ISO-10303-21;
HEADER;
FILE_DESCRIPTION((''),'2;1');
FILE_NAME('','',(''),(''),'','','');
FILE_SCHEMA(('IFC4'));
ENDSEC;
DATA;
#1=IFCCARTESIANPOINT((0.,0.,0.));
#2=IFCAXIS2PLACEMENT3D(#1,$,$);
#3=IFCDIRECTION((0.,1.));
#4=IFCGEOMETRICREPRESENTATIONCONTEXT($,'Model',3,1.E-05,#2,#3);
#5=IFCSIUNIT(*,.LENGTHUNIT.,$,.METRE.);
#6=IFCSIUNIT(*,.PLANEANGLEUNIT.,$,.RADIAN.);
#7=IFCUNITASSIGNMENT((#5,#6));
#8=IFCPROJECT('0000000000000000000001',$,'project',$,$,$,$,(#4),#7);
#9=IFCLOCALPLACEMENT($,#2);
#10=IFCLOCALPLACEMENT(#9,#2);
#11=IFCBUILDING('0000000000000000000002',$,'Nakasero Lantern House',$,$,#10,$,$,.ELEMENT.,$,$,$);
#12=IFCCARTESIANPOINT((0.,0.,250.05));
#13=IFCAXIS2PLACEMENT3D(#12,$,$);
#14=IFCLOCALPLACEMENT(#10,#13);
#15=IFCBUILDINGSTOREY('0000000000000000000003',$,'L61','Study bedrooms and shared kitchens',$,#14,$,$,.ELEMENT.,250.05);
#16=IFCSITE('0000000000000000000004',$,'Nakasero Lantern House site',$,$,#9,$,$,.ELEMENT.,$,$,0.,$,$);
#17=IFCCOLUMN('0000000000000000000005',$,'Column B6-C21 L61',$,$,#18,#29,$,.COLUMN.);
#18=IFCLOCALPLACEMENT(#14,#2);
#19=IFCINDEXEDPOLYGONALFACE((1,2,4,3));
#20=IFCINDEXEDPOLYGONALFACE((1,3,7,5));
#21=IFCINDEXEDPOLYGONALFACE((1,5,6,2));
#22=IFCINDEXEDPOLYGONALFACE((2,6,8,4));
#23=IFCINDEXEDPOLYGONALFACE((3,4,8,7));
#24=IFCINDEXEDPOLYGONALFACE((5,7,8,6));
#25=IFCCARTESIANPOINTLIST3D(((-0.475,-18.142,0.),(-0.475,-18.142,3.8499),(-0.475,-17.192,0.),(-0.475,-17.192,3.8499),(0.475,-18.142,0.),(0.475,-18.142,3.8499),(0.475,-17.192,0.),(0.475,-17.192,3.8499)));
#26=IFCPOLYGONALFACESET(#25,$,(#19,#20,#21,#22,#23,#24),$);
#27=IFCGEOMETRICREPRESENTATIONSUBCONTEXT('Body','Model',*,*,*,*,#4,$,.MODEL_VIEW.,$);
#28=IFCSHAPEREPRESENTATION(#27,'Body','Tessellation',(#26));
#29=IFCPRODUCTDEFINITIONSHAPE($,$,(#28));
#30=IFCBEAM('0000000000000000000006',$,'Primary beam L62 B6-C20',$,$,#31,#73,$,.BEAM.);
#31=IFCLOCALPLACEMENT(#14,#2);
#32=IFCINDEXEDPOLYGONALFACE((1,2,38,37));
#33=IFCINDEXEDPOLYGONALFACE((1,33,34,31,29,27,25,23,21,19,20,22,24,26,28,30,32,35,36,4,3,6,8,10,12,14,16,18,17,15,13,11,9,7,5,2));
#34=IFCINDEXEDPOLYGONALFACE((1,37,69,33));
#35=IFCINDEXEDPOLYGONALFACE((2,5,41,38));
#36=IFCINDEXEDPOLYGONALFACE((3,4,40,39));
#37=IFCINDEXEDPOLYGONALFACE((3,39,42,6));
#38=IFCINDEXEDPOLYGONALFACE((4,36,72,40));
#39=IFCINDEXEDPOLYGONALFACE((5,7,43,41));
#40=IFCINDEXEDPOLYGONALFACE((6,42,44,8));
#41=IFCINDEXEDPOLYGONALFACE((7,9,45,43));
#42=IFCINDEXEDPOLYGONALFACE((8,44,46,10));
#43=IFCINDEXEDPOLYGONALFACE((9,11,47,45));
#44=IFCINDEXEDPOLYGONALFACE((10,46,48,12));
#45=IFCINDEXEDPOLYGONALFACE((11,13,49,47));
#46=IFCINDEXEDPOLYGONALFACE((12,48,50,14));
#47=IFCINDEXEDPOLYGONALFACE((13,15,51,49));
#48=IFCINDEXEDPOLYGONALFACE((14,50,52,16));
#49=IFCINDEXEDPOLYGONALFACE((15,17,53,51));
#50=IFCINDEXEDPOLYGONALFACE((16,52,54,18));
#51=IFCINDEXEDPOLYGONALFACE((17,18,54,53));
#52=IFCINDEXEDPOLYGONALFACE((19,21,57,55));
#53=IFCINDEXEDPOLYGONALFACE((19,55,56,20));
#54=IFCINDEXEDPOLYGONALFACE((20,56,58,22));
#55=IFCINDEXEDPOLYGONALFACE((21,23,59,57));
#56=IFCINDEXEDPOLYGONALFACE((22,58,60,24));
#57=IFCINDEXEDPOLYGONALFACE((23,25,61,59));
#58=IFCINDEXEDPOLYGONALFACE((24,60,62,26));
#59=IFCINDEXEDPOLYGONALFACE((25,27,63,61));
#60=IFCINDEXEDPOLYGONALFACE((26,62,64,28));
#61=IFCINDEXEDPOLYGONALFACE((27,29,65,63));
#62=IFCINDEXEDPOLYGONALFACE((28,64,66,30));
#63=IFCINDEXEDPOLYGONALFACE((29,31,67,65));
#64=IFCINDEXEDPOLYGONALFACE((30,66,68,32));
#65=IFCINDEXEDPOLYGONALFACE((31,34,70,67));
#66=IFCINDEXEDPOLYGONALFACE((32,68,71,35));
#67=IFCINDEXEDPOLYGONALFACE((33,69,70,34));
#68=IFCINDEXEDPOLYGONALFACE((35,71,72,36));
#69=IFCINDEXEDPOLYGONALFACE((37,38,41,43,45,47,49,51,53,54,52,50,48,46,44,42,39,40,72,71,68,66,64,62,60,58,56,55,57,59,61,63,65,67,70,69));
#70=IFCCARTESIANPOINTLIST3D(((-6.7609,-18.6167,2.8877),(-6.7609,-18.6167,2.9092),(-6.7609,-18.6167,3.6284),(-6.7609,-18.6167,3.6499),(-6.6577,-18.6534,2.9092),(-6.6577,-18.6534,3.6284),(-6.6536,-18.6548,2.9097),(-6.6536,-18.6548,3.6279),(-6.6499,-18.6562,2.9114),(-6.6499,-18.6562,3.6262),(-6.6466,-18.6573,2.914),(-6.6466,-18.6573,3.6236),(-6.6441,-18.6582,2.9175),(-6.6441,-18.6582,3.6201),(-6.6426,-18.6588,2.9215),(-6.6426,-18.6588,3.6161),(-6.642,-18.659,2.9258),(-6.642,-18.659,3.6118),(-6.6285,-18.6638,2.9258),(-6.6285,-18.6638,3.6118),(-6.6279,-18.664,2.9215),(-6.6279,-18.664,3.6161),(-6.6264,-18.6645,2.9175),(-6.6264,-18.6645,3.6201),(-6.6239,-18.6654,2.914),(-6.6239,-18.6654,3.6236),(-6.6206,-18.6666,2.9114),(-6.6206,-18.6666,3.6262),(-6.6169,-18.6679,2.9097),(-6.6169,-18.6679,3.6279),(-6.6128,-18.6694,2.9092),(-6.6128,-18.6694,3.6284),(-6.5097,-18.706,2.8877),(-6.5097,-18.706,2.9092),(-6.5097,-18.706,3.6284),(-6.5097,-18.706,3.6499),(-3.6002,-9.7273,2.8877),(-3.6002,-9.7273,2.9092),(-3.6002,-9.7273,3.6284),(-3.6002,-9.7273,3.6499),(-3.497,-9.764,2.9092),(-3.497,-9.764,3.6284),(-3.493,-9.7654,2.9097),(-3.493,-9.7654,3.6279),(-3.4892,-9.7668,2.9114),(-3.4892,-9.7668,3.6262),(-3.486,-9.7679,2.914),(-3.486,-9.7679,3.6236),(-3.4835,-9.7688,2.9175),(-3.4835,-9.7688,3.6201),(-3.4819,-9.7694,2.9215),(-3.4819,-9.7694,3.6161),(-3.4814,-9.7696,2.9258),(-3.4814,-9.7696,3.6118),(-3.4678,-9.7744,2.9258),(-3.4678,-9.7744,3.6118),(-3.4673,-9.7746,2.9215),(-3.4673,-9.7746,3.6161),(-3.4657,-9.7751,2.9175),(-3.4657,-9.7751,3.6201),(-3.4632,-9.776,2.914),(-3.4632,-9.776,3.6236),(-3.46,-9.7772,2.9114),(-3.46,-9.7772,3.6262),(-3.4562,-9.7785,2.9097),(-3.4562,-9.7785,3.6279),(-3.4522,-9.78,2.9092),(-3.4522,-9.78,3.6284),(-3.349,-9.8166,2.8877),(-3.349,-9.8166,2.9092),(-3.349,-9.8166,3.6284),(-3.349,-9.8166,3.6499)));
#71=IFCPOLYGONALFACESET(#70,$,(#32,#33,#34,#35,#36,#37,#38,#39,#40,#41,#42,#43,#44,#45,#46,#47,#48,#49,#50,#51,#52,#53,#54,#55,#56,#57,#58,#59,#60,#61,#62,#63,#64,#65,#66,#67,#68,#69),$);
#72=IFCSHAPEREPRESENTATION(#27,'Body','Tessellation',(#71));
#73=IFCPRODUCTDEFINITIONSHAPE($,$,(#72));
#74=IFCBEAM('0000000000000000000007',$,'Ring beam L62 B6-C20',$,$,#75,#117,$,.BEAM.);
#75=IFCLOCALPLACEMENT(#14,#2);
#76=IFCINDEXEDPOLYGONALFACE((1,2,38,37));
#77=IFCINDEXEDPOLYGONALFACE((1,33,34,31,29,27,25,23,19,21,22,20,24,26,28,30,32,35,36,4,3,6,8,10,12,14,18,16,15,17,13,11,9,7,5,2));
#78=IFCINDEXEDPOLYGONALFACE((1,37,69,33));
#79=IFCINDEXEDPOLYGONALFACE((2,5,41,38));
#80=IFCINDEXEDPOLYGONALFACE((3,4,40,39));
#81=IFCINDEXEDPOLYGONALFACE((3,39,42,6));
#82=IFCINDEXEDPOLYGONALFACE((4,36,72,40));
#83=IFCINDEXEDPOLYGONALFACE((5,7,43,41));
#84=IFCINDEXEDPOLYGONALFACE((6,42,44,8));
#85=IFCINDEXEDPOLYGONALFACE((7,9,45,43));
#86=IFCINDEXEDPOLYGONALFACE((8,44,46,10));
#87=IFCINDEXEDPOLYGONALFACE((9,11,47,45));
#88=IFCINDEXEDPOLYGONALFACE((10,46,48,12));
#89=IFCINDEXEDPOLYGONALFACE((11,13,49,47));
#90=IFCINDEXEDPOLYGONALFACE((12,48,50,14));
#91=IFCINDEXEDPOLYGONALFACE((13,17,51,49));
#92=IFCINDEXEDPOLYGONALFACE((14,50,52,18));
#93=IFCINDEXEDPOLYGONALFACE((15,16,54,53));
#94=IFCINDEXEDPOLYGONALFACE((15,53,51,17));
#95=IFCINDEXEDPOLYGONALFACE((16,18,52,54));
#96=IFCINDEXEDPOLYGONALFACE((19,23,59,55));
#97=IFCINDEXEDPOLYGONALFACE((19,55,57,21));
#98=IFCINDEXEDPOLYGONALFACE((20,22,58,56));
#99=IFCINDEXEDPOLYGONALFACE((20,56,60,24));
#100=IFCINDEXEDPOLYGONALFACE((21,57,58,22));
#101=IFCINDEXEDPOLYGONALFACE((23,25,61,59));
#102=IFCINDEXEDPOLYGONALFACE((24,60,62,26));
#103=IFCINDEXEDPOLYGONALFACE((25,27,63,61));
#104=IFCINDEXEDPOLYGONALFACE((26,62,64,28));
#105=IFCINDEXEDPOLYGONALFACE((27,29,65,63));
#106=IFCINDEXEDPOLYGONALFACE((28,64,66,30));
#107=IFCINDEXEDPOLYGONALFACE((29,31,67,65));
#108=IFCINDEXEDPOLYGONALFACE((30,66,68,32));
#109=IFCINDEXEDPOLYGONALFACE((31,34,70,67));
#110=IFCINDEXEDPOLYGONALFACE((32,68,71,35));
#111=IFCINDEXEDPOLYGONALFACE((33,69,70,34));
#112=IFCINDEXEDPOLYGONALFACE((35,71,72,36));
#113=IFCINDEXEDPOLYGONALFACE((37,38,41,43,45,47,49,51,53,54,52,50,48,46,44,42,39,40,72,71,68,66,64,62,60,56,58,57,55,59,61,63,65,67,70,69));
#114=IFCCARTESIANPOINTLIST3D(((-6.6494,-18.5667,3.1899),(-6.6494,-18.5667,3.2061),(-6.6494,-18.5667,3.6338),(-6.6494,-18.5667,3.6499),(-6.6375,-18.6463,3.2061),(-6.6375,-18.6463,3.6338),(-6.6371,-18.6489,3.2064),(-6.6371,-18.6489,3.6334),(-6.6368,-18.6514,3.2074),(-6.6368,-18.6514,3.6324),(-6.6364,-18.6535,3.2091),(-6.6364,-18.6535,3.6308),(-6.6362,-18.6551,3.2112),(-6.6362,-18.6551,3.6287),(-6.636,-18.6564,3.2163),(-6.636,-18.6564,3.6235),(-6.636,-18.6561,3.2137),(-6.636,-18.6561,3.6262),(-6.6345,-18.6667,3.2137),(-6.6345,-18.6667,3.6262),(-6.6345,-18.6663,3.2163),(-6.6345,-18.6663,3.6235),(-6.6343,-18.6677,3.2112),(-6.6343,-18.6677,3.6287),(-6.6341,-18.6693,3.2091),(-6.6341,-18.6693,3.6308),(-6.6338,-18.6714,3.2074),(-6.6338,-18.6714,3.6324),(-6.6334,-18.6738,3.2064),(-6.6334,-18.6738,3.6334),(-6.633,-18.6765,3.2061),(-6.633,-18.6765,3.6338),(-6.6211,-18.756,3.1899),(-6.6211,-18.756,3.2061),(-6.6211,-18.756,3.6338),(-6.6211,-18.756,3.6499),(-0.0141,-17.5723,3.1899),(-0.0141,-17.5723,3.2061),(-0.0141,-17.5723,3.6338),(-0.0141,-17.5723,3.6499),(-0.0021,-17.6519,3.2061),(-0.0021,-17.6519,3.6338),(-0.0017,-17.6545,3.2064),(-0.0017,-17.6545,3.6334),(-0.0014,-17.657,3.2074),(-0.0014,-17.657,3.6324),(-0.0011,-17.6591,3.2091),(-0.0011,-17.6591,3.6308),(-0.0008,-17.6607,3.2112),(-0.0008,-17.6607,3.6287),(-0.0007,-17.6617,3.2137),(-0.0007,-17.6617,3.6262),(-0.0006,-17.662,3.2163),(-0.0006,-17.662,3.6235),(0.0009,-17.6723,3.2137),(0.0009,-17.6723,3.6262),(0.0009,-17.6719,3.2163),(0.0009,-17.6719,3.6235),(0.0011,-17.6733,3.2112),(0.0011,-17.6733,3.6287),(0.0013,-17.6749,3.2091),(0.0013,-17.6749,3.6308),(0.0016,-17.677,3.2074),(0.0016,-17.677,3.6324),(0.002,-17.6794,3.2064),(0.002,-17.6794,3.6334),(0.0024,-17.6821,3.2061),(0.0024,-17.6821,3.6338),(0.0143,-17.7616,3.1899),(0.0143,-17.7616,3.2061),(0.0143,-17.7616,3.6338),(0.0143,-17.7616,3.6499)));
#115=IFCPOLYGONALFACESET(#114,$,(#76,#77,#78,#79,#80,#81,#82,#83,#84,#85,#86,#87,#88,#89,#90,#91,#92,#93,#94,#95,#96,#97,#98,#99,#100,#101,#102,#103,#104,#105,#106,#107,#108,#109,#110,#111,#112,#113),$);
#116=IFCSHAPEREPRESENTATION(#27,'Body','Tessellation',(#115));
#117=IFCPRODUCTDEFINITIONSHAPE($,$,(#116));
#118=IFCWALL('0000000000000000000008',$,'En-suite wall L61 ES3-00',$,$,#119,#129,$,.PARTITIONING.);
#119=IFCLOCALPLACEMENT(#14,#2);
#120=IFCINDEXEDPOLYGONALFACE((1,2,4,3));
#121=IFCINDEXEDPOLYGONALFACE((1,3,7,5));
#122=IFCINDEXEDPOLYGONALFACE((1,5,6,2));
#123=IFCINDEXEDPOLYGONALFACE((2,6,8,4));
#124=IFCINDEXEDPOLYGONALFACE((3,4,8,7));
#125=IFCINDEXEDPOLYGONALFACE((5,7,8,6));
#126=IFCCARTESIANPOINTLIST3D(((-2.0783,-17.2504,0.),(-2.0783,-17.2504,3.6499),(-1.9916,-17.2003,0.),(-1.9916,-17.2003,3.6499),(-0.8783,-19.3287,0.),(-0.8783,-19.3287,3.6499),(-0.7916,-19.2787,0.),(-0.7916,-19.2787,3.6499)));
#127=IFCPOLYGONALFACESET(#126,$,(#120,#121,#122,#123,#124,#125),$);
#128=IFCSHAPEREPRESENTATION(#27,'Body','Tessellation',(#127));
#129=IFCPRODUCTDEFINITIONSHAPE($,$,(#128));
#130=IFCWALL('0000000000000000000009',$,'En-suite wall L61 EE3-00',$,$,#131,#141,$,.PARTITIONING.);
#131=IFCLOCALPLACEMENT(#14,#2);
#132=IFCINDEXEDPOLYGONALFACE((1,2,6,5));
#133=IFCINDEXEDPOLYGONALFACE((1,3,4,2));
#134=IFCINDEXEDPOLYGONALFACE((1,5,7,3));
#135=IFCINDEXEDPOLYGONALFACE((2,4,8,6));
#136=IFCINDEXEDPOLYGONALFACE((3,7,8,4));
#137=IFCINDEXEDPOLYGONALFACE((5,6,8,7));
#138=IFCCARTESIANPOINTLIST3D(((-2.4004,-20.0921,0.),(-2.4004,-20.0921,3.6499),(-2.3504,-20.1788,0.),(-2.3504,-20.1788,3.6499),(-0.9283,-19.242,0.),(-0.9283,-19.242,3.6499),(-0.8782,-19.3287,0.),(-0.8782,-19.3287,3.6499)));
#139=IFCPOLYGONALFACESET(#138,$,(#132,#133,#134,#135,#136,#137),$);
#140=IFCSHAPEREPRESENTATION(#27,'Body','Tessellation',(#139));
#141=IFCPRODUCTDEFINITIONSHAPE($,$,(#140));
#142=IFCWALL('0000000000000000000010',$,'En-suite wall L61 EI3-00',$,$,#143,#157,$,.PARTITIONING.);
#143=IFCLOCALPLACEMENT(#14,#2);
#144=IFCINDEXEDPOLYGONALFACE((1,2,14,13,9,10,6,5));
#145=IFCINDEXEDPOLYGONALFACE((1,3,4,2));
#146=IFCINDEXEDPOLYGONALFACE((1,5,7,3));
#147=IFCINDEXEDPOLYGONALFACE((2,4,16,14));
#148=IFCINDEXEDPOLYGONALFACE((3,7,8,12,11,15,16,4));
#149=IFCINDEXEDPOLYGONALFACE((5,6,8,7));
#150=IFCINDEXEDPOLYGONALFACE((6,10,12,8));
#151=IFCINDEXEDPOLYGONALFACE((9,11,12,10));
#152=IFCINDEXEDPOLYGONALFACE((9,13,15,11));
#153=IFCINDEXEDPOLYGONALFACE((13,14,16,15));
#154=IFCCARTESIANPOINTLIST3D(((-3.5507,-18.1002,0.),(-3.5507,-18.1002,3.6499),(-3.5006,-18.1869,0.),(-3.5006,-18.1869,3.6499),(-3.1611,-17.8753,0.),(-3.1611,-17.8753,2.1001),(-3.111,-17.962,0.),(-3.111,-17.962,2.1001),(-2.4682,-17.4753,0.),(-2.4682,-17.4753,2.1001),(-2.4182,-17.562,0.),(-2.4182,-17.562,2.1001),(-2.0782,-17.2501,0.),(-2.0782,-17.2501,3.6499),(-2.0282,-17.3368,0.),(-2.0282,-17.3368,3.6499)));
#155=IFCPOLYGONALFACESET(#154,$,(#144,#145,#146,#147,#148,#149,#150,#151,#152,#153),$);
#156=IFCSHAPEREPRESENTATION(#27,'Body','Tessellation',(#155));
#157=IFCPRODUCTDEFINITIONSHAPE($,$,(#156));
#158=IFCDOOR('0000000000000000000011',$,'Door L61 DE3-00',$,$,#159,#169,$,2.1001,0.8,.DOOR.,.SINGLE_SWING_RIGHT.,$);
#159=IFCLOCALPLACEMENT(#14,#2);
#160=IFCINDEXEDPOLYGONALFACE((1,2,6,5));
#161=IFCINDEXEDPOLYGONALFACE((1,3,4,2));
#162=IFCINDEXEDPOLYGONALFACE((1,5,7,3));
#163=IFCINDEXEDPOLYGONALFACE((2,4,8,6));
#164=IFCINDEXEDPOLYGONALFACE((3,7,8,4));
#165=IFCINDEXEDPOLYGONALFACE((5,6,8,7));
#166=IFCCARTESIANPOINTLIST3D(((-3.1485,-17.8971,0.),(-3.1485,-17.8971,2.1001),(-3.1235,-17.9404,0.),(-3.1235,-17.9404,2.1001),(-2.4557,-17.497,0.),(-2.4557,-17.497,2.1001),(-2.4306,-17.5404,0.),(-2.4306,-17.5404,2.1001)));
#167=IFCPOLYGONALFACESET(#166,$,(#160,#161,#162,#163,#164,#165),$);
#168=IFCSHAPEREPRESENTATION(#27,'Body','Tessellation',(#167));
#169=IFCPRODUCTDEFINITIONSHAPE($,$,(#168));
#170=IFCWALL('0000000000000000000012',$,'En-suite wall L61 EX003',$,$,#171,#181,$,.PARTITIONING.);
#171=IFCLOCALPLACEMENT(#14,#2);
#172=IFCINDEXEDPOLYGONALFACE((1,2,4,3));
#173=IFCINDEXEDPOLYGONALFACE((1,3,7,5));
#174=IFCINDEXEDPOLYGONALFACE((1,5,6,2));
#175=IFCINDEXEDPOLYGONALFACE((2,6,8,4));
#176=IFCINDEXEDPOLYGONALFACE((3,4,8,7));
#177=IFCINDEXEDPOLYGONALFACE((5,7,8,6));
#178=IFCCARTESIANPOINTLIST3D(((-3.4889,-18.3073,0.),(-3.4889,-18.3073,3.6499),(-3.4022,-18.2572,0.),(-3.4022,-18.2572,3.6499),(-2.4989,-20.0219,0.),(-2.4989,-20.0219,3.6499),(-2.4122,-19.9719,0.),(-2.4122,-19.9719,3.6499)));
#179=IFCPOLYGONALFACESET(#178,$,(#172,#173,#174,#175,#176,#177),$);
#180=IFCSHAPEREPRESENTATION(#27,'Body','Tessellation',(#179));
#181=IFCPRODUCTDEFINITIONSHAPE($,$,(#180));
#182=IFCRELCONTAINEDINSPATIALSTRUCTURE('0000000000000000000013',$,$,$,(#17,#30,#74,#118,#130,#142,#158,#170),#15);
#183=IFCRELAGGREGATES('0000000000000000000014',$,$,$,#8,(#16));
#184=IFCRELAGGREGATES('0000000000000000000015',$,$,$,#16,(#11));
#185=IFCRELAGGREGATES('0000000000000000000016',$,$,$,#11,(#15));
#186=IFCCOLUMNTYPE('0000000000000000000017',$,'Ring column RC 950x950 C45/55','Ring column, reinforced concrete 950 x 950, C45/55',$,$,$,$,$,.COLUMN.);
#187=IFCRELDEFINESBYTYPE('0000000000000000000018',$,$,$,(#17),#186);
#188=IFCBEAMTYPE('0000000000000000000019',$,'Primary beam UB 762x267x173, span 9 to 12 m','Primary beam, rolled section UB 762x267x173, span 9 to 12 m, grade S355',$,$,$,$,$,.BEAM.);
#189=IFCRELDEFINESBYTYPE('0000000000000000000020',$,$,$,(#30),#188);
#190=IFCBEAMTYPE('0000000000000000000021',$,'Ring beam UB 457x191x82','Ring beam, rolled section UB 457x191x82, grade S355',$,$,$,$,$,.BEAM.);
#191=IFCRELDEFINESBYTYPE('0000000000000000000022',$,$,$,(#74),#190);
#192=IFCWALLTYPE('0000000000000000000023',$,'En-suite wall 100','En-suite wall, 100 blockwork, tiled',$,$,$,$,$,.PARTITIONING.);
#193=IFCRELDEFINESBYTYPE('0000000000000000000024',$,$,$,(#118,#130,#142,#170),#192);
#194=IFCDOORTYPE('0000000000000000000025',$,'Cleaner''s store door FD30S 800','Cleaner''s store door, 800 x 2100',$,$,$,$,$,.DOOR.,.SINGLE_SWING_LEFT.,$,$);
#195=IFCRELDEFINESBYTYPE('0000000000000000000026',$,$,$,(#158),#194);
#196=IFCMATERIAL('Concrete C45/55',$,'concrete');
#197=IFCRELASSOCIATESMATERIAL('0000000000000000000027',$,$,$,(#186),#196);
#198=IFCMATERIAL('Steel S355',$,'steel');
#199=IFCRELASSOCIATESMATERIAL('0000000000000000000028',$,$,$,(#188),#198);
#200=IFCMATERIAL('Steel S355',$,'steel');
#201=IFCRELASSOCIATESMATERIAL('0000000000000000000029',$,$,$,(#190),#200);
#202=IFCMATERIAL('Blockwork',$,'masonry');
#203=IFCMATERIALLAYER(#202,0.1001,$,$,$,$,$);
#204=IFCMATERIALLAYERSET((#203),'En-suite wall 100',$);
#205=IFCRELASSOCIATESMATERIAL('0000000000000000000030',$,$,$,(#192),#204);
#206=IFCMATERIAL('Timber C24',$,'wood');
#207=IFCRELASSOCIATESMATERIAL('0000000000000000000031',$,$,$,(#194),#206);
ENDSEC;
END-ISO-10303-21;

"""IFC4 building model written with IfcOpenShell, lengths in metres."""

from ifc_helpers import new_model, si_unit, direction, frame, frame_2d, origin, origin_2d, place, context, subcontext, project, spatial, rectangle, i_section, extrude, material, layer, layer_set, material_profile, profile_set, type_object, element, fill, save


model = new_model("IFC4")

# Units and contexts
model_context = context("Model", 3, precision=1e-05, world=origin(), true_north=direction((0.0, 1.0)))
body_context = subcontext(model_context, "Body", "Model", "MODEL_VIEW")
ifc_project = project(units=[si_unit("LENGTHUNIT", "METRE"), si_unit("PLANEANGLEUNIT", "RADIAN")], contexts=[model_context])

# Site, building, storey
site_placement = place(None, origin())
site = spatial("IfcSite", under=ifc_project, at=site_placement, Name="Nakasero Lantern House site", CompositionType="ELEMENT", RefElevation=0.0)
building_placement = place(site_placement, origin())
building = spatial("IfcBuilding", under=site, at=building_placement, Name="Nakasero Lantern House", CompositionType="ELEMENT")
storey_placement = place(building_placement, frame((0.0, 0.0, 250.05)))
storey = spatial("IfcBuildingStorey", under=building, at=storey_placement, Name="L61", Description="Study bedrooms and shared kitchens", CompositionType="ELEMENT", Elevation=250.05)

# Column
ifc_material_1 = material(Name="Concrete C45/55", Category="concrete")
ifc_material_profile_1 = material_profile(ifc_material_1, rectangle(XDim=0.95, YDim=0.95, at=origin_2d()), Name="RC 950x950")
ifc_profile_set_1 = profile_set([ifc_material_profile_1], Name="Concrete C45/55")
column_type = type_object("IfcColumnType", Name="Ring column RC 950x950 C45/55", Description="Ring column, reinforced concrete 950 x 950, C45/55", PredefinedType="COLUMN", material=ifc_profile_set_1)
column_placement = place(storey_placement, frame((0.0, -17.667, 0.0), z_axis=(0.0, 0.0, 1.0), x_axis=(1.0, 0.0, 0.0)))
element("IfcColumn", 1, at=column_placement, inside=storey, type_object=column_type, Name="Column B6-C21 L61", PredefinedType="COLUMN", context=body_context, shape_type="SweptSolid", body=[
    extrude(rectangle(XDim=0.95, YDim=0.95, at=origin_2d()), origin(), (0.0, 0.0, 1.0), 3.8499),
])

# Beams
ifc_material_2 = material(Name="Steel S355", Category="steel")
ifc_material_profile_2 = material_profile(ifc_material_2, i_section(OverallWidth=0.2666, OverallDepth=0.7622, WebThickness=0.0144, FlangeThickness=0.0215, FilletRadius=0.0166, at=origin_2d()), Name="UB 762x267x173")
ifc_profile_set_2 = profile_set([ifc_material_profile_2], Name="Steel S355")
beam_type_1 = type_object("IfcBeamType", Name="Primary beam UB 762x267x173, span 9 to 12 m", Description="Primary beam, rolled section UB 762x267x173, span 9 to 12 m, grade S355", PredefinedType="BEAM", material=ifc_profile_set_2)
beam_1_placement = place(storey_placement, frame((-6.6353, -18.6614, 3.2688), z_axis=(0.335007, 0.942216, 0.0), x_axis=(-0.942216, 0.335007, 0.0)))
element("IfcBeam", 2, at=beam_1_placement, inside=storey, type_object=beam_type_1, Name="Primary beam L62 B6-C20", PredefinedType="BEAM", context=body_context, shape_type="SweptSolid", body=[
    extrude(i_section(OverallWidth=0.2666, OverallDepth=0.7622, WebThickness=0.0144, FlangeThickness=0.0215, FilletRadius=0.0166, at=origin_2d()), origin(), (0.0, 0.0, 1.0), 9.4346),
])
ifc_material_3 = material(Name="Steel S355", Category="steel")
ifc_material_profile_3 = material_profile(ifc_material_3, i_section(OverallWidth=0.1914, OverallDepth=0.46, WebThickness=0.01, FlangeThickness=0.0161, FilletRadius=0.0103, at=origin_2d()), Name="UB 457x191x82")
ifc_profile_set_3 = profile_set([ifc_material_profile_3], Name="Steel S355")
beam_type_2 = type_object("IfcBeamType", Name="Ring beam UB 457x191x82", Description="Ring beam, rolled section UB 457x191x82, grade S355", PredefinedType="BEAM", material=ifc_profile_set_3)
beam_2_placement = place(storey_placement, frame((-6.6353, -18.6614, 3.4199), z_axis=(0.988956, 0.148209, 0.0), x_axis=(-0.148209, 0.988956, 0.0)))
element("IfcBeam", 3, at=beam_2_placement, inside=storey, type_object=beam_type_2, Name="Ring beam L62 B6-C20", PredefinedType="BEAM", context=body_context, shape_type="SweptSolid", body=[
    extrude(i_section(OverallWidth=0.1914, OverallDepth=0.46, WebThickness=0.01, FlangeThickness=0.0161, FilletRadius=0.0103, at=origin_2d()), origin(), (0.0, 0.0, 1.0), 6.7095),
])

# Walls
ifc_material_4 = material(Name="Blockwork", Category="masonry")
ifc_layer_1 = layer(ifc_material_4, 0.1001)
ifc_layer_set_1 = layer_set([ifc_layer_1], Name="En-suite wall 100")
wall_type_1 = type_object("IfcWallType", Name="En-suite wall 100", Description="En-suite wall, 100 blockwork, tiled", PredefinedType="PARTITIONING", material=ifc_layer_set_1)
wall_1_placement = place(storey_placement, frame((-2.0349, -17.2253, 0.0), z_axis=(0.0, 0.0, 1.0), x_axis=(0.500001, -0.866025, 0.0)))
element("IfcWall", 4, at=wall_1_placement, inside=storey, type_object=wall_type_1, Name="En-suite wall L61 ES3-00", PredefinedType="PARTITIONING", context=body_context, shape_type="SweptSolid", body=[
    extrude(rectangle(XDim=2.3999, YDim=0.1001, at=frame_2d((1.2, 0.0))), origin(), (0.0, 0.0, 1.0), 3.6499),
])
wall_2_placement = place(storey_placement, frame((-2.3755, -20.1355, 0.0), z_axis=(0.0, 0.0, 1.0), x_axis=(0.865989, 0.500062, 0.0)))
element("IfcWall", 5, at=wall_2_placement, inside=storey, type_object=wall_type_1, Name="En-suite wall L61 EE3-00", PredefinedType="PARTITIONING", context=body_context, shape_type="SweptSolid", body=[
    extrude(rectangle(XDim=1.7, YDim=0.1001, at=frame_2d((0.8501, 0.0))), origin(), (0.0, 0.0, 1.0), 3.6499),
])

# Wall, opening, door
wall_3_placement = place(storey_placement, frame((-3.5256, -18.1436, 0.0), z_axis=(0.0, 0.0, 1.0), x_axis=(0.866025, 0.5, 0.0)))
wall_3 = element("IfcWall", 6, at=wall_3_placement, inside=storey, type_object=wall_type_1, Name="En-suite wall L61 EI3-00", PredefinedType="PARTITIONING", context=body_context, shape_type="SweptSolid", body=[
    extrude(rectangle(XDim=1.7002, YDim=0.1001, at=frame_2d((0.8501, 0.0))), origin(), (0.0, 0.0, 1.0), 3.6499),
])
opening_1_placement = place(wall_3_placement, frame((0.45, 0.0, 0.0)))
opening_1 = element("IfcOpeningElement", 7, at=opening_1_placement, cuts=wall_3, PredefinedType="OPENING", context=body_context, shape_type="SweptSolid", body=[
    extrude(rectangle(XDim=0.8, YDim=2.1001, at=frame_2d((0.3999, 1.05))), frame((0.0, 0.0701, 0.0), z_axis=(0.0, -1.0, 0.0), x_axis=(1.0, 0.0, 0.0)), (0.0, 0.0, 1.0), 0.1401),
])
ifc_material_5 = material(Name="Timber C24", Category="wood")
door_type_1 = type_object("IfcDoorType", Name="Cleaner's store door FD30S 800", Description="Cleaner's store door, 800 x 2100", OperationType="SINGLE_SWING_LEFT", PredefinedType="DOOR", material=ifc_material_5)
door_1_placement = place(opening_1_placement, origin())
door_1 = element("IfcDoor", 8, at=door_1_placement, inside=storey, type_object=door_type_1, Name="Door L61 DE3-00", OperationType="SINGLE_SWING_RIGHT", OverallHeight=2.1001, OverallWidth=0.8, PredefinedType="DOOR", context=body_context, shape_type="SweptSolid", body=[
    extrude(rectangle(XDim=0.8, YDim=2.1001, at=frame_2d((0.3999, 1.05))), frame((0.0, 0.0249, 0.0), z_axis=(0.0, -1.0, 0.0), x_axis=(1.0, 0.0, 0.0)), (0.0, 0.0, 1.0), 0.05),
])
fill(opening_1, door_1)

# Wall
wall_4_placement = place(storey_placement, frame((-3.4456, -18.2822, 0.0), z_axis=(0.0, 0.0, 1.0), x_axis=(0.500025, -0.866011, 0.0)))
element("IfcWall", 9, at=wall_4_placement, inside=storey, type_object=wall_type_1, Name="En-suite wall L61 EX003", PredefinedType="PARTITIONING", context=body_context, shape_type="SweptSolid", body=[
    extrude(rectangle(XDim=1.98, YDim=0.1001, at=frame_2d((0.99, 0.0))), origin(), (0.0, 0.0, 1.0), 3.6499),
])

save(model, "model.ifc")
